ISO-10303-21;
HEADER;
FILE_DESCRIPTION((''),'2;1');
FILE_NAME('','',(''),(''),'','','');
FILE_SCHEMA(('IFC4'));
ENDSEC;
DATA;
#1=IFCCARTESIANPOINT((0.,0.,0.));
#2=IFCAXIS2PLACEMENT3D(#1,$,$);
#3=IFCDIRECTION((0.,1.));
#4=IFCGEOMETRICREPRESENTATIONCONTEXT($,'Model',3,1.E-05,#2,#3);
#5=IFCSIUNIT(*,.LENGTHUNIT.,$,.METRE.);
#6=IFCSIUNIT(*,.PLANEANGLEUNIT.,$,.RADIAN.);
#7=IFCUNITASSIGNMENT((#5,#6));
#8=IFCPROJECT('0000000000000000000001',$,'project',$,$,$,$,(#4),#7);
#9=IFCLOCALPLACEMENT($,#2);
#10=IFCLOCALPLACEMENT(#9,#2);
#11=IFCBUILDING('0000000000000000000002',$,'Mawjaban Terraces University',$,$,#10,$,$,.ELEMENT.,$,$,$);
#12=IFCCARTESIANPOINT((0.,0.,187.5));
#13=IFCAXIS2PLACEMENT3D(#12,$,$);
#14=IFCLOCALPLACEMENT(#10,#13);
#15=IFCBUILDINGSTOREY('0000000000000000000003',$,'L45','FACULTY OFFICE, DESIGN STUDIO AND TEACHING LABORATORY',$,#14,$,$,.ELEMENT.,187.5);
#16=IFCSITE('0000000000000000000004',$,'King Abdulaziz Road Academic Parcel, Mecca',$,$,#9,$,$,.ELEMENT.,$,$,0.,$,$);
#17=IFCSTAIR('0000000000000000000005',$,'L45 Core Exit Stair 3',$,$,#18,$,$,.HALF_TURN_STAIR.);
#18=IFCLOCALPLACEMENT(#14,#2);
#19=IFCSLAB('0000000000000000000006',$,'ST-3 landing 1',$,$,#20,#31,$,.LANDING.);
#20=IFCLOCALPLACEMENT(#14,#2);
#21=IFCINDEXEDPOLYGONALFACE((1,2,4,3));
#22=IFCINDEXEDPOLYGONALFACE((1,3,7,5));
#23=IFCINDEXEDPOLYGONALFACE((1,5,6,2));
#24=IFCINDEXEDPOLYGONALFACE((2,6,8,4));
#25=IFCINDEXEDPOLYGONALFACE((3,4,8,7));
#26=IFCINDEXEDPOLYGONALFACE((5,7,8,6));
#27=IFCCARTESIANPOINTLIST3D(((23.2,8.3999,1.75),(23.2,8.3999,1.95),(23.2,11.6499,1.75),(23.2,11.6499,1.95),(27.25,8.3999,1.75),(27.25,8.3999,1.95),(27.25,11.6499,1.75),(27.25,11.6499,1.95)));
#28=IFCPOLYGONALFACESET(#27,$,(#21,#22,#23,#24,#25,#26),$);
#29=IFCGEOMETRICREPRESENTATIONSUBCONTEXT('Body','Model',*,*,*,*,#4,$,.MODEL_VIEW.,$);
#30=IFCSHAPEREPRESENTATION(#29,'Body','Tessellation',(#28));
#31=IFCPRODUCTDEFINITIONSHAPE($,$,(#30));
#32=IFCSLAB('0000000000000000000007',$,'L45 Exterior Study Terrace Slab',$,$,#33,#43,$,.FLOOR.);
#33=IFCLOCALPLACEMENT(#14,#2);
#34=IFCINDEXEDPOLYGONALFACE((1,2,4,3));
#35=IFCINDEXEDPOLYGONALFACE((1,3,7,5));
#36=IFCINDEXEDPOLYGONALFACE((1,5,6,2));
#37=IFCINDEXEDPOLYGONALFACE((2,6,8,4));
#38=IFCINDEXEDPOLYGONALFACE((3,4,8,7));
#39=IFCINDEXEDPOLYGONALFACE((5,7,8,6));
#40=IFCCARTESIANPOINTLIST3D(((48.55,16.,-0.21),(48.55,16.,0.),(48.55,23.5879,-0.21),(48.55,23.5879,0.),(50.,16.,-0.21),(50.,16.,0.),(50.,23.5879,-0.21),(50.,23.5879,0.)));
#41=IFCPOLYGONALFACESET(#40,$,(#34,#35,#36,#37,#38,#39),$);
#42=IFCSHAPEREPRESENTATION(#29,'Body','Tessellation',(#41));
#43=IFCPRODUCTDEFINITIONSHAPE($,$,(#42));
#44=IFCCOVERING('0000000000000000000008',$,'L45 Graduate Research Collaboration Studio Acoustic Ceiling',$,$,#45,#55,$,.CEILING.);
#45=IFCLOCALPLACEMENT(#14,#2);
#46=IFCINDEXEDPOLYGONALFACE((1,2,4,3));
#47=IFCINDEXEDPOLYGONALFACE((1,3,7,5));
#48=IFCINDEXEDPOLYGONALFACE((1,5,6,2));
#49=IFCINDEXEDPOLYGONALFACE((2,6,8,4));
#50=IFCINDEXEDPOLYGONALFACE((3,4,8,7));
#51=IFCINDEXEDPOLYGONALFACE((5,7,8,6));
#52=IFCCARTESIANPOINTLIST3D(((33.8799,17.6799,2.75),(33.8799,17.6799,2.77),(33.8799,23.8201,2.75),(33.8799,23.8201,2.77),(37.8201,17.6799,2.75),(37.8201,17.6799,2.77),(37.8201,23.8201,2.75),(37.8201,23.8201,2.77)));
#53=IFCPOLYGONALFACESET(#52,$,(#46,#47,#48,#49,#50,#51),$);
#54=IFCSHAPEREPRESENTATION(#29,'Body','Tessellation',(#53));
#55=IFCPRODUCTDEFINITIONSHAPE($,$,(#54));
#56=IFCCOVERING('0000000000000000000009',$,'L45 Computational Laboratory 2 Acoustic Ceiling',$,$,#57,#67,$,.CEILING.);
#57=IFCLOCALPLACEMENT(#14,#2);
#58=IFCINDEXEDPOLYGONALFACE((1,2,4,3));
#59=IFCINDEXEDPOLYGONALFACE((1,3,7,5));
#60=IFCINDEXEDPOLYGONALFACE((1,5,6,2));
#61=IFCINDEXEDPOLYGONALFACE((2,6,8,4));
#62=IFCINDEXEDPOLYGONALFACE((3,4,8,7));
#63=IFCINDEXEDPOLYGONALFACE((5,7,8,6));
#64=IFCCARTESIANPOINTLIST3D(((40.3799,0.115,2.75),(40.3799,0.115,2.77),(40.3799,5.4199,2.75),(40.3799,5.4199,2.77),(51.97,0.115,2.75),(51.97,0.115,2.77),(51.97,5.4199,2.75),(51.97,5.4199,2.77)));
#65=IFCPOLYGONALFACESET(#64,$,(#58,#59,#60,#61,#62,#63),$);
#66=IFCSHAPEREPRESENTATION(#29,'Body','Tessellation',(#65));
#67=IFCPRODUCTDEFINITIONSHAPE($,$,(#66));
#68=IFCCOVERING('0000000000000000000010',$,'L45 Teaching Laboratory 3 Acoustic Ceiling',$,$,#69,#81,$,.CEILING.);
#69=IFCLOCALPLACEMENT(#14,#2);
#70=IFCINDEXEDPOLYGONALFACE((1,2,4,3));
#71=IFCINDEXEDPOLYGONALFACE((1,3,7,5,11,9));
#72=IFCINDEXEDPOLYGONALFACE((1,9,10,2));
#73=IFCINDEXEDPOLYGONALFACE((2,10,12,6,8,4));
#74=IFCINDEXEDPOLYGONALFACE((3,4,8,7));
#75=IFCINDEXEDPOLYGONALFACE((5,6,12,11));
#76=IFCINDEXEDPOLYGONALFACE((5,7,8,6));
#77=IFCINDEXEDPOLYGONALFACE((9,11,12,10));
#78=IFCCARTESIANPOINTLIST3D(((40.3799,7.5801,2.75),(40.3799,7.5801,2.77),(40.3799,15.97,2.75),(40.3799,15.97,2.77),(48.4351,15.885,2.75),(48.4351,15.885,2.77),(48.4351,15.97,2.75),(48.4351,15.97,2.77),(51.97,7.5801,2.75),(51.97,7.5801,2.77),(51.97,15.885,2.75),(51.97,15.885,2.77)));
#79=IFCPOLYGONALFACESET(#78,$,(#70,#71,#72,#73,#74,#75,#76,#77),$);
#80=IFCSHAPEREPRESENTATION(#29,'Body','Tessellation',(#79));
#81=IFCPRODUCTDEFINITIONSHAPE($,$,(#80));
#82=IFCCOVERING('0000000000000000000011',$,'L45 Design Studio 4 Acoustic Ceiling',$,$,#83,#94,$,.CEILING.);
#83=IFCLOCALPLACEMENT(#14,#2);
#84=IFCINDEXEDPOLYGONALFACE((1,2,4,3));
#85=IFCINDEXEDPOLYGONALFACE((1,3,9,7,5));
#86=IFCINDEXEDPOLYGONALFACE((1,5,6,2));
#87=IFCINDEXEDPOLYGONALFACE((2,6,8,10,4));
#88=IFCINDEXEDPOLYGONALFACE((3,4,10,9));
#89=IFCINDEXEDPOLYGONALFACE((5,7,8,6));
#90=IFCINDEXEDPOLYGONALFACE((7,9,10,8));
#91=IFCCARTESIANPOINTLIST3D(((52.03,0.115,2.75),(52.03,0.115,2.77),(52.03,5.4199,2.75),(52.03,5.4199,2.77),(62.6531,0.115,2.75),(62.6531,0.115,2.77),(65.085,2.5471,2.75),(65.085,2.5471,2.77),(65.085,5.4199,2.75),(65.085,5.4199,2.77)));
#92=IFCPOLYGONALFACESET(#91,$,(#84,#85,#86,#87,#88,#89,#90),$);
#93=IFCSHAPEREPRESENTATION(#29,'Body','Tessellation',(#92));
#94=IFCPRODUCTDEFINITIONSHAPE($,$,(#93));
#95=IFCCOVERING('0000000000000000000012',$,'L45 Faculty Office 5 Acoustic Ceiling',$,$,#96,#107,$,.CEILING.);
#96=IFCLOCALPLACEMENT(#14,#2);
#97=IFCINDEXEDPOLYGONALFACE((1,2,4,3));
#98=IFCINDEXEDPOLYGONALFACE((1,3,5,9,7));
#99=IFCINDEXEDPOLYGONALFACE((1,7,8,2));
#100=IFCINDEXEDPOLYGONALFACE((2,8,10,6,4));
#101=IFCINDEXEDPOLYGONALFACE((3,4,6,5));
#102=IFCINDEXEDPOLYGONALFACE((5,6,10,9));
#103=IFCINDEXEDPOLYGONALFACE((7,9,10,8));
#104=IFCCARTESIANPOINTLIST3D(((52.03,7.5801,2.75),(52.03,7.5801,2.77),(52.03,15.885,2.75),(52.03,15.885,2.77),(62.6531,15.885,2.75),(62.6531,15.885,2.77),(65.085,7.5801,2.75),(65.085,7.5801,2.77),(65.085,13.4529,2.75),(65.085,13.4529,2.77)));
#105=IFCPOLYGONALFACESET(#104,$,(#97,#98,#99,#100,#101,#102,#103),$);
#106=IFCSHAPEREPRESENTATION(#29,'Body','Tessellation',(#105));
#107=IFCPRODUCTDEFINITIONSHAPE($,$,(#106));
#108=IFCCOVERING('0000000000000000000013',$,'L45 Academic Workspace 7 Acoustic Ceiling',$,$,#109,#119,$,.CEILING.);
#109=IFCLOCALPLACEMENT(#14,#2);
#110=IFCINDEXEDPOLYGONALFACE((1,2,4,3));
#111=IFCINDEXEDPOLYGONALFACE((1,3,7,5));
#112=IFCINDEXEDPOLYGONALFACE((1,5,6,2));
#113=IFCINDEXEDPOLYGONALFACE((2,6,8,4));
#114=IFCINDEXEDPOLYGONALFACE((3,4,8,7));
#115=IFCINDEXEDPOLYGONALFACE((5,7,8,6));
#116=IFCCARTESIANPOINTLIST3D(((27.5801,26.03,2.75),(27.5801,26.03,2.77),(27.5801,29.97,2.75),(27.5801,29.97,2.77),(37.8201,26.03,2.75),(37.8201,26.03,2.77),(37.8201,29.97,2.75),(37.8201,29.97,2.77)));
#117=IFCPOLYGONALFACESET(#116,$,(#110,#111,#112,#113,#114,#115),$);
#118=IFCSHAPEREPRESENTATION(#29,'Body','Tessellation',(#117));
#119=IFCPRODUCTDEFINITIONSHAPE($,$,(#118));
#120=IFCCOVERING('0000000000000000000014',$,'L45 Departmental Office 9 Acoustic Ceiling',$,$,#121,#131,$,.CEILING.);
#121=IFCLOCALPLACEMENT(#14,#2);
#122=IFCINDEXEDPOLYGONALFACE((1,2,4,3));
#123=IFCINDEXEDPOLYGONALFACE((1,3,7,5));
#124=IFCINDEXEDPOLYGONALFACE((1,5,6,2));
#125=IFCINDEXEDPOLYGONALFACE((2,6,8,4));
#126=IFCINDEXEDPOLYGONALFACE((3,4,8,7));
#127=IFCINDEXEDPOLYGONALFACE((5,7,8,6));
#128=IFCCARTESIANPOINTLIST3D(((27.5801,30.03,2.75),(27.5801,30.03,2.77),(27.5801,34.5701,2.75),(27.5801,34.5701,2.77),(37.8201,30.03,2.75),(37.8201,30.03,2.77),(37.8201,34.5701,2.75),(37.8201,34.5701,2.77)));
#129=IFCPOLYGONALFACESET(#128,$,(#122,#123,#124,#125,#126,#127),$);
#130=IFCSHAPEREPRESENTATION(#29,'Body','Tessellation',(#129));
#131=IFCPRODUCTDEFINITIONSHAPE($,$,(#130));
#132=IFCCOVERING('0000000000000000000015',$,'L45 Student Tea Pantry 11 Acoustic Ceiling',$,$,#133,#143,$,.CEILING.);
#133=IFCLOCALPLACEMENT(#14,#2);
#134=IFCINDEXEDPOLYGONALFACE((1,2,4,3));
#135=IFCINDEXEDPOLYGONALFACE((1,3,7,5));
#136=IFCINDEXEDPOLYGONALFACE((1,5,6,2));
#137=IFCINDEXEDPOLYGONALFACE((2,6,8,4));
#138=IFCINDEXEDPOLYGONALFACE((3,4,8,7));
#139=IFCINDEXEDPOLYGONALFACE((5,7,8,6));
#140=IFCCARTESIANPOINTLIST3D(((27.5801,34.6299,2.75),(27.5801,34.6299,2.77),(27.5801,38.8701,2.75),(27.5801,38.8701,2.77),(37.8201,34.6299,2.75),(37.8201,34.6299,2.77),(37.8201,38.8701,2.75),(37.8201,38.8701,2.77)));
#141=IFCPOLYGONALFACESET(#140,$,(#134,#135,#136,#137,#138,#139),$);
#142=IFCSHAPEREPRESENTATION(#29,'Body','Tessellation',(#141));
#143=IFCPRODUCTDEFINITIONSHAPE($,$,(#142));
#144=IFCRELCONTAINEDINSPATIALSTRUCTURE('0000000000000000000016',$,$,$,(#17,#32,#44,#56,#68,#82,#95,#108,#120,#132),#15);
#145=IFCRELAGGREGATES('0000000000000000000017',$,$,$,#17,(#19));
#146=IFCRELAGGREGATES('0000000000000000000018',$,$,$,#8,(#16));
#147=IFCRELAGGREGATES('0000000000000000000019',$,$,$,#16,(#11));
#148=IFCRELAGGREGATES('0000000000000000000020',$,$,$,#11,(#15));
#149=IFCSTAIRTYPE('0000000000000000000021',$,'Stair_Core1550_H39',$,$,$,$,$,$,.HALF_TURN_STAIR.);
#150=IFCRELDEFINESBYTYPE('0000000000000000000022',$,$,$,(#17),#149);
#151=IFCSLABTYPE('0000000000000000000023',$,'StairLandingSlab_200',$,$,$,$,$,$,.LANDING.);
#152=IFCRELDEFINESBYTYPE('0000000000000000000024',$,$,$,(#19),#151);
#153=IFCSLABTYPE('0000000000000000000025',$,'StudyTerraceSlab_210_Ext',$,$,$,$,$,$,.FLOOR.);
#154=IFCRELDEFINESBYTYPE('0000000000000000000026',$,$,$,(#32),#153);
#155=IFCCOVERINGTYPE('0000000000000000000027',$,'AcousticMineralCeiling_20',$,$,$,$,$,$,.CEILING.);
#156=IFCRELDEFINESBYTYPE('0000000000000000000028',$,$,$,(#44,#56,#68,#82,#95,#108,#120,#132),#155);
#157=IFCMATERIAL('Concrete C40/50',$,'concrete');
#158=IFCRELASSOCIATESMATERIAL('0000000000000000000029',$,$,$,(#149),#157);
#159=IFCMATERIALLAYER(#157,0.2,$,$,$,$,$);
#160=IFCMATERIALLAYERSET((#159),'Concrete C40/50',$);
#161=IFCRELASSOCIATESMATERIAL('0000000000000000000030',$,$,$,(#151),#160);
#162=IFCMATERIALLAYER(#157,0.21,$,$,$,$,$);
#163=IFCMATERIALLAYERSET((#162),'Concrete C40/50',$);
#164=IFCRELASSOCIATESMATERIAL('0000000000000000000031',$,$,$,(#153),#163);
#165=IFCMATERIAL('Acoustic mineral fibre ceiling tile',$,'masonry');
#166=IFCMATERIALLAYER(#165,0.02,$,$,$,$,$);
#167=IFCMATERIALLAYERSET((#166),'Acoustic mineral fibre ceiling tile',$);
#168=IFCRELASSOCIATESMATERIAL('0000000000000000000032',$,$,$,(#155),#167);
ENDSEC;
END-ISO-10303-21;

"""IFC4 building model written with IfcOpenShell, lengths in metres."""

from ifc_helpers import new_model, si_unit, direction, frame, origin, place, context, subcontext, project, spatial, polyline, outline, extrude, material, layer, layer_set, type_object, element, aggregate, save


model = new_model("IFC4")

# Units and contexts
model_context = context("Model", 3, precision=1e-05, world=origin(), true_north=direction((0.0, 1.0)))
body_context = subcontext(model_context, "Body", "Model", "MODEL_VIEW")
ifc_project = project(units=[si_unit("LENGTHUNIT", "METRE"), si_unit("PLANEANGLEUNIT", "RADIAN")], contexts=[model_context])

# Site, building, storey
site_placement = place(None, origin())
site = spatial("IfcSite", under=ifc_project, at=site_placement, Name="King Abdulaziz Road Academic Parcel, Mecca", CompositionType="ELEMENT", RefElevation=0.0)
building_placement = place(site_placement, origin())
building = spatial("IfcBuilding", under=site, at=building_placement, Name="Mawjaban Terraces University", CompositionType="ELEMENT")
storey_placement = place(building_placement, frame((0.0, 0.0, 187.5)))
storey = spatial("IfcBuildingStorey", under=building, at=storey_placement, Name="L45", Description="FACULTY OFFICE, DESIGN STUDIO AND TEACHING LABORATORY", CompositionType="ELEMENT", Elevation=187.5)

# Shared definitions
ifc_material_1 = material(Name="Concrete C40/50", Category="concrete")

# Stair, slab
stair_type = type_object("IfcStairType", Name="Stair_Core1550_H39", PredefinedType="HALF_TURN_STAIR", material=ifc_material_1)
ifc_layer_1 = layer(ifc_material_1, 0.2)
ifc_layer_set_1 = layer_set([ifc_layer_1], Name="Concrete C40/50")
slab_type_1 = type_object("IfcSlabType", Name="StairLandingSlab_200", PredefinedType="LANDING", material=ifc_layer_set_1)
stair_1_placement = place(storey_placement, origin())
stair_1 = element("IfcStair", 1, at=stair_1_placement, inside=storey, type_object=stair_type, Name="L45 Core Exit Stair 3", PredefinedType="HALF_TURN_STAIR")
slab_1_placement = place(storey_placement, frame((0.0, 0.0, 1.75)))
slab_1 = element("IfcSlab", 2, at=slab_1_placement, type_object=slab_type_1, Name="ST-3 landing 1", PredefinedType="LANDING", context=body_context, shape_type="SweptSolid", body=[
    extrude(outline(polyline([(27.25, 11.6499), (23.2, 11.6499), (23.2, 8.3999), (27.25, 8.3999), (27.25, 11.6499)])), origin(), (0.0, 0.0, 1.0), 0.2),
])
aggregate(stair_1, [slab_1])

# Slab
ifc_layer_2 = layer(ifc_material_1, 0.21)
ifc_layer_set_2 = layer_set([ifc_layer_2], Name="Concrete C40/50")
slab_type_2 = type_object("IfcSlabType", Name="StudyTerraceSlab_210_Ext", PredefinedType="FLOOR", material=ifc_layer_set_2)
slab_2_placement = place(storey_placement, frame((0.0, 0.0, -0.21)))
element("IfcSlab", 3, at=slab_2_placement, inside=storey, type_object=slab_type_2, Name="L45 Exterior Study Terrace Slab", PredefinedType="FLOOR", context=body_context, shape_type="SweptSolid", body=[
    extrude(outline(polyline([(48.55, 16.0), (50.0, 16.0), (50.0, 23.5879), (48.55, 23.5879), (48.55, 16.0)])), origin(), (0.0, 0.0, 1.0), 0.21),
])

# Coverings
ifc_material_2 = material(Name="Acoustic mineral fibre ceiling tile", Category="masonry")
ifc_layer_3 = layer(ifc_material_2, 0.02)
ifc_layer_set_3 = layer_set([ifc_layer_3], Name="Acoustic mineral fibre ceiling tile")
covering_type = type_object("IfcCoveringType", Name="AcousticMineralCeiling_20", PredefinedType="CEILING", material=ifc_layer_set_3)
covering_1_placement = place(storey_placement, frame((0.0, 0.0, 2.75)))
element("IfcCovering", 4, at=covering_1_placement, inside=storey, type_object=covering_type, Name="L45 Graduate Research Collaboration Studio Acoustic Ceiling", PredefinedType="CEILING", context=body_context, shape_type="SweptSolid", body=[
    extrude(outline(polyline([(37.8201, 17.6799), (37.8201, 23.8201), (33.8799, 23.8201), (33.8799, 17.6799), (37.8201, 17.6799)])), origin(), (0.0, 0.0, 1.0), 0.02),
])
covering_2_placement = place(storey_placement, frame((0.0, 0.0, 2.75)))
element("IfcCovering", 5, at=covering_2_placement, inside=storey, type_object=covering_type, Name="L45 Computational Laboratory 2 Acoustic Ceiling", PredefinedType="CEILING", context=body_context, shape_type="SweptSolid", body=[
    extrude(outline(polyline([(40.3799, 0.115), (51.97, 0.115), (51.97, 5.4199), (40.3799, 5.4199), (40.3799, 0.115)])), origin(), (0.0, 0.0, 1.0), 0.02),
])
covering_3_placement = place(storey_placement, frame((0.0, 0.0, 2.75)))
element("IfcCovering", 6, at=covering_3_placement, inside=storey, type_object=covering_type, Name="L45 Teaching Laboratory 3 Acoustic Ceiling", PredefinedType="CEILING", context=body_context, shape_type="SweptSolid", body=[
    extrude(outline(polyline([(51.97, 15.885), (48.4351, 15.885), (48.4351, 15.97), (40.3799, 15.97), (40.3799, 7.5801), (51.97, 7.5801), (51.97, 15.885)])), origin(), (0.0, 0.0, 1.0), 0.02),
])
covering_4_placement = place(storey_placement, frame((0.0, 0.0, 2.75)))
element("IfcCovering", 7, at=covering_4_placement, inside=storey, type_object=covering_type, Name="L45 Design Studio 4 Acoustic Ceiling", PredefinedType="CEILING", context=body_context, shape_type="SweptSolid", body=[
    extrude(outline(polyline([(52.03, 0.115), (62.6531, 0.115), (65.085, 2.5471), (65.085, 5.4199), (52.03, 5.4199), (52.03, 0.115)])), origin(), (0.0, 0.0, 1.0), 0.02),
])
covering_5_placement = place(storey_placement, frame((0.0, 0.0, 2.75)))
element("IfcCovering", 8, at=covering_5_placement, inside=storey, type_object=covering_type, Name="L45 Faculty Office 5 Acoustic Ceiling", PredefinedType="CEILING", context=body_context, shape_type="SweptSolid", body=[
    extrude(outline(polyline([(65.085, 7.5801), (65.085, 13.4529), (62.6531, 15.885), (52.03, 15.885), (52.03, 7.5801), (65.085, 7.5801)])), origin(), (0.0, 0.0, 1.0), 0.02),
])
covering_6_placement = place(storey_placement, frame((0.0, 0.0, 2.75)))
element("IfcCovering", 9, at=covering_6_placement, inside=storey, type_object=covering_type, Name="L45 Academic Workspace 7 Acoustic Ceiling", PredefinedType="CEILING", context=body_context, shape_type="SweptSolid", body=[
    extrude(outline(polyline([(37.8201, 26.03), (37.8201, 29.97), (27.5801, 29.97), (27.5801, 26.03), (37.8201, 26.03)])), origin(), (0.0, 0.0, 1.0), 0.02),
])
covering_7_placement = place(storey_placement, frame((0.0, 0.0, 2.75)))
element("IfcCovering", 10, at=covering_7_placement, inside=storey, type_object=covering_type, Name="L45 Departmental Office 9 Acoustic Ceiling", PredefinedType="CEILING", context=body_context, shape_type="SweptSolid", body=[
    extrude(outline(polyline([(37.8201, 30.03), (37.8201, 34.5701), (27.5801, 34.5701), (27.5801, 30.03), (37.8201, 30.03)])), origin(), (0.0, 0.0, 1.0), 0.02),
])
covering_8_placement = place(storey_placement, frame((0.0, 0.0, 2.75)))
element("IfcCovering", 11, at=covering_8_placement, inside=storey, type_object=covering_type, Name="L45 Student Tea Pantry 11 Acoustic Ceiling", PredefinedType="CEILING", context=body_context, shape_type="SweptSolid", body=[
    extrude(outline(polyline([(37.8201, 34.6299), (37.8201, 38.8701), (27.5801, 38.8701), (27.5801, 34.6299), (37.8201, 34.6299)])), origin(), (0.0, 0.0, 1.0), 0.02),
])

save(model, "model.ifc")
